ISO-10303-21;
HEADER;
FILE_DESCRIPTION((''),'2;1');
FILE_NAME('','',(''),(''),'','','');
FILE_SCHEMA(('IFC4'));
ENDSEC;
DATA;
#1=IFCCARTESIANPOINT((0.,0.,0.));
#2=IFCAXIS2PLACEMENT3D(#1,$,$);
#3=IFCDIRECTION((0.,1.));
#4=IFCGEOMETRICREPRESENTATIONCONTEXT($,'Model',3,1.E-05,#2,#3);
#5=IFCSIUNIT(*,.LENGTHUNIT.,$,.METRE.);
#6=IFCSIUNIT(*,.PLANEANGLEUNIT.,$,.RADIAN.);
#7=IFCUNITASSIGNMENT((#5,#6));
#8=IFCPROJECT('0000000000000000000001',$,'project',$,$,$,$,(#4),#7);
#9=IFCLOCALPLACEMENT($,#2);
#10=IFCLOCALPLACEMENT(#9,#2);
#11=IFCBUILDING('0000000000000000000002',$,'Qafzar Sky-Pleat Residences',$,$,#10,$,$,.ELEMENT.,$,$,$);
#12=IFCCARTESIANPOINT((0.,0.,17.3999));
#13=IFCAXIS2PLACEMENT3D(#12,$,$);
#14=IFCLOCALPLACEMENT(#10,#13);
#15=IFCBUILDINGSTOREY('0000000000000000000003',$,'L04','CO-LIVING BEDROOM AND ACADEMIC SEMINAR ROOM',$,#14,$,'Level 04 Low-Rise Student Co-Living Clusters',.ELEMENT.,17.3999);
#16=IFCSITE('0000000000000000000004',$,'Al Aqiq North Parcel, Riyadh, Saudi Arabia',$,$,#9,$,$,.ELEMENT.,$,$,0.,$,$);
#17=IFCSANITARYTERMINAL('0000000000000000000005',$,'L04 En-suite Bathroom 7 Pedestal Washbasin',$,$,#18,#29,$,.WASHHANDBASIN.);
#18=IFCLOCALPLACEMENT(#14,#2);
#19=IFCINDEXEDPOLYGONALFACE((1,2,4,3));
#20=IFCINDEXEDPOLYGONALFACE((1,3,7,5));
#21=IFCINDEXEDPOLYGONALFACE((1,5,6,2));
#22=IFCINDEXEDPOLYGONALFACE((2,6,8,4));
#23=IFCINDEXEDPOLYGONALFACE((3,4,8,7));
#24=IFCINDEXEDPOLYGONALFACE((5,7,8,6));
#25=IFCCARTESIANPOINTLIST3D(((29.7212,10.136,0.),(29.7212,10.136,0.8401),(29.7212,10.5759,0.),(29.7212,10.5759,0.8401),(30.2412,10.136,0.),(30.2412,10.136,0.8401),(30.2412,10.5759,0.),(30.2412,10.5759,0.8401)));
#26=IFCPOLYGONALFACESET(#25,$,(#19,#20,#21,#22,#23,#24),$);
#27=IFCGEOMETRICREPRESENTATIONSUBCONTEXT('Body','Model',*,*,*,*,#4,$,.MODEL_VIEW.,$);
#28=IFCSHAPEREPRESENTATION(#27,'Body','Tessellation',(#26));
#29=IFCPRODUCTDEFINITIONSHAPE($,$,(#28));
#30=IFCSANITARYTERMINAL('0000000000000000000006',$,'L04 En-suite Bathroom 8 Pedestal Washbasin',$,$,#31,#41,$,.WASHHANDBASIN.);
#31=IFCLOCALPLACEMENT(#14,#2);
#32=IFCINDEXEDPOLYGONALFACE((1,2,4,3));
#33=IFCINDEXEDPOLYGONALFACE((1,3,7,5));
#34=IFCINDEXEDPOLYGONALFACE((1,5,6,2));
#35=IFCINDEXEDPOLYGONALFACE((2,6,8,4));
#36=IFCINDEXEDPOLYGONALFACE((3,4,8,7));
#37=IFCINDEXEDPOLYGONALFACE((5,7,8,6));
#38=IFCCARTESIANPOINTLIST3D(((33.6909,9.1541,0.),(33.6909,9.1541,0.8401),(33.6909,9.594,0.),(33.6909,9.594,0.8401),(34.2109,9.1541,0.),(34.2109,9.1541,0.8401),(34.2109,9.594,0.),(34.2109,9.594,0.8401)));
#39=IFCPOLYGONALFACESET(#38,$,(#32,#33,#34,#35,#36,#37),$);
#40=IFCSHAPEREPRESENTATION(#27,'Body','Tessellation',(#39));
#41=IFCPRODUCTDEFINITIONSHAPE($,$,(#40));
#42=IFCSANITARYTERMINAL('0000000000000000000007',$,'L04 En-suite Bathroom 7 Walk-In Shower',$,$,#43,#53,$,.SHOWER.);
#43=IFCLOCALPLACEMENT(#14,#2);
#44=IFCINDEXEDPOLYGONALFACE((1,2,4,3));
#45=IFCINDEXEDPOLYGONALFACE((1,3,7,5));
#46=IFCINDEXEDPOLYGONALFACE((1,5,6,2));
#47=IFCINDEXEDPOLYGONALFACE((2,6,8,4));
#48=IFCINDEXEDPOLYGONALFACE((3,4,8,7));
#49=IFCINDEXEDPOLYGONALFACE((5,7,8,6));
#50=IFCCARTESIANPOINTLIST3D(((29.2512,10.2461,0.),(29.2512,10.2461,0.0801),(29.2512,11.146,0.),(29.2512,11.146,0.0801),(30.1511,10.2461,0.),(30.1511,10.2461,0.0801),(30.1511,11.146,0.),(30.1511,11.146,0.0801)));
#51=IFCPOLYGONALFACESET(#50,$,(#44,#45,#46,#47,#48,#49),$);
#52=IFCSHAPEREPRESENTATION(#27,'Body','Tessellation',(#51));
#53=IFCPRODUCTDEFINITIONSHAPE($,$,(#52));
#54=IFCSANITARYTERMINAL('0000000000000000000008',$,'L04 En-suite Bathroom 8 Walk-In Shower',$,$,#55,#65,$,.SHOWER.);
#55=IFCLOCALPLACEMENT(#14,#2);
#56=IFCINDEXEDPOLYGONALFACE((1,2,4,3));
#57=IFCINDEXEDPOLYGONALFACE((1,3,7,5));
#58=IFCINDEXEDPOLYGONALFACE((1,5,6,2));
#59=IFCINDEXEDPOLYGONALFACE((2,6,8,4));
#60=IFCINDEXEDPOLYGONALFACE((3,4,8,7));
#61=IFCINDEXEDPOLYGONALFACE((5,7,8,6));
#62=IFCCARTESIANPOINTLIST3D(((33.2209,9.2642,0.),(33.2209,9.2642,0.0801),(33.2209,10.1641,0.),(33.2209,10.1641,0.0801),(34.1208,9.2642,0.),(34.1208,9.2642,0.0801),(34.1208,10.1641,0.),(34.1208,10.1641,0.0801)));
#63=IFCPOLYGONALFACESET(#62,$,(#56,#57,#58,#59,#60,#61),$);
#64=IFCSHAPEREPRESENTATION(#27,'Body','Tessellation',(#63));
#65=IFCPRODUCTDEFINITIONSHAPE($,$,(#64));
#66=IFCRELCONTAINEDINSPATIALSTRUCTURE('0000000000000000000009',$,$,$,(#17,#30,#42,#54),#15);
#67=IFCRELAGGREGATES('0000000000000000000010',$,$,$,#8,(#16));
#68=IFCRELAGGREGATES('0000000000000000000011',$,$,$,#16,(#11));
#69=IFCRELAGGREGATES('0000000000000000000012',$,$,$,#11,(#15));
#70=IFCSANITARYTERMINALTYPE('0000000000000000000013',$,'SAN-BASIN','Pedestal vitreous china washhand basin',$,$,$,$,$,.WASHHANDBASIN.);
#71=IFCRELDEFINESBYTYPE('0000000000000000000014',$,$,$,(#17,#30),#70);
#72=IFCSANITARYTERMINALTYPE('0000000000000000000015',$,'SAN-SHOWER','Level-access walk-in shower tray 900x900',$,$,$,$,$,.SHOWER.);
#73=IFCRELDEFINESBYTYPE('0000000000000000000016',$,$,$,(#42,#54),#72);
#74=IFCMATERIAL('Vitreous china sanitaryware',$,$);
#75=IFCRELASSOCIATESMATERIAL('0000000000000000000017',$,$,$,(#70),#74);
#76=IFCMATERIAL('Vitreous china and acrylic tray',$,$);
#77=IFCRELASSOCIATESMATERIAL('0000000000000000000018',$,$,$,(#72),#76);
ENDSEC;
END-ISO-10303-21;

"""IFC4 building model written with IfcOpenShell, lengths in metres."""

from ifc_helpers import new_model, si_unit, direction, frame, origin, origin_2d, place, context, subcontext, project, spatial, rectangle, extrude, source, transform, mapped, material, type_object, element, save


model = new_model("IFC4")

# Units and contexts
model_context = context("Model", 3, precision=1e-05, world=origin(), true_north=direction((0.0, 1.0)))
body_context = subcontext(model_context, "Body", "Model", "MODEL_VIEW")
ifc_project = project(units=[si_unit("LENGTHUNIT", "METRE"), si_unit("PLANEANGLEUNIT", "RADIAN")], contexts=[model_context])

# Site, building, storey
site_placement = place(None, origin())
site = spatial("IfcSite", under=ifc_project, at=site_placement, Name="Al Aqiq North Parcel, Riyadh, Saudi Arabia", CompositionType="ELEMENT", RefElevation=0.0)
building_placement = place(site_placement, origin())
building = spatial("IfcBuilding", under=site, at=building_placement, Name="Qafzar Sky-Pleat Residences", CompositionType="ELEMENT")
storey_placement = place(building_placement, frame((0.0, 0.0, 17.3999)))
storey = spatial("IfcBuildingStorey", under=building, at=storey_placement, Name="L04", Description="CO-LIVING BEDROOM AND ACADEMIC SEMINAR ROOM", LongName="Level 04 Low-Rise Student Co-Living Clusters", CompositionType="ELEMENT", Elevation=17.3999)

# Sanitary terminals
ifc_material_1 = material(Name="Vitreous china sanitaryware")
sanitary_terminal_type_1 = type_object("IfcSanitaryTerminalType", Name="SAN-BASIN", Description="Pedestal vitreous china washhand basin", PredefinedType="WASHHANDBASIN", material=ifc_material_1)
shared_shape_1 = source(origin(), body_context, "Body", "SweptSolid", [
    extrude(rectangle(XDim=0.52, YDim=0.4399, at=origin_2d()), origin(), (0.0, 0.0, 1.0), 0.8401),
])
for number, where, z_axis, x_axis, name in (
    (1, (29.9812, 10.356, 0.0), (0.0, 0.0, 1.0), (1.0, 0.0, 0.0), "L04 En-suite Bathroom 7 Pedestal Washbasin"),
    (2, (33.9509, 9.374, 0.0), (0.0, 0.0, 1.0), (1.0, 0.0, 0.0), "L04 En-suite Bathroom 8 Pedestal Washbasin"),
):
    element("IfcSanitaryTerminal", number, at=place(storey_placement, frame(where, z_axis=z_axis, x_axis=x_axis)), inside=storey, type_object=sanitary_terminal_type_1, Name=name, PredefinedType="WASHHANDBASIN", context=body_context, shape_type="MappedRepresentation", body=[
        mapped(shared_shape_1, transform((0.0, 0.0, 0.0), x_axis=(1.0, 0.0, 0.0), y_axis=(0.0, 1.0, 0.0), z_axis=(0.0, 0.0, 1.0), scale=1.0)),
    ])
ifc_material_2 = material(Name="Vitreous china and acrylic tray")
sanitary_terminal_type_2 = type_object("IfcSanitaryTerminalType", Name="SAN-SHOWER", Description="Level-access walk-in shower tray 900x900", PredefinedType="SHOWER", material=ifc_material_2)
shared_shape_2 = source(origin(), body_context, "Body", "SweptSolid", [
    extrude(rectangle(XDim=0.8999, YDim=0.8999, at=origin_2d()), origin(), (0.0, 0.0, 1.0), 0.0801),
])
for number, where, z_axis, x_axis, name in (
    (3, (29.7012, 10.696, 0.0), (0.0, 0.0, 1.0), (1.0, 0.0, 0.0), "L04 En-suite Bathroom 7 Walk-In Shower"),
    (4, (33.6709, 9.7141, 0.0), (0.0, 0.0, 1.0), (1.0, 0.0, 0.0), "L04 En-suite Bathroom 8 Walk-In Shower"),
):
    element("IfcSanitaryTerminal", number, at=place(storey_placement, frame(where, z_axis=z_axis, x_axis=x_axis)), inside=storey, type_object=sanitary_terminal_type_2, Name=name, PredefinedType="SHOWER", context=body_context, shape_type="MappedRepresentation", body=[
        mapped(shared_shape_2, transform((0.0, 0.0, 0.0), x_axis=(1.0, 0.0, 0.0), y_axis=(0.0, 1.0, 0.0), z_axis=(0.0, 0.0, 1.0), scale=1.0)),
    ])

save(model, "model.ifc")
